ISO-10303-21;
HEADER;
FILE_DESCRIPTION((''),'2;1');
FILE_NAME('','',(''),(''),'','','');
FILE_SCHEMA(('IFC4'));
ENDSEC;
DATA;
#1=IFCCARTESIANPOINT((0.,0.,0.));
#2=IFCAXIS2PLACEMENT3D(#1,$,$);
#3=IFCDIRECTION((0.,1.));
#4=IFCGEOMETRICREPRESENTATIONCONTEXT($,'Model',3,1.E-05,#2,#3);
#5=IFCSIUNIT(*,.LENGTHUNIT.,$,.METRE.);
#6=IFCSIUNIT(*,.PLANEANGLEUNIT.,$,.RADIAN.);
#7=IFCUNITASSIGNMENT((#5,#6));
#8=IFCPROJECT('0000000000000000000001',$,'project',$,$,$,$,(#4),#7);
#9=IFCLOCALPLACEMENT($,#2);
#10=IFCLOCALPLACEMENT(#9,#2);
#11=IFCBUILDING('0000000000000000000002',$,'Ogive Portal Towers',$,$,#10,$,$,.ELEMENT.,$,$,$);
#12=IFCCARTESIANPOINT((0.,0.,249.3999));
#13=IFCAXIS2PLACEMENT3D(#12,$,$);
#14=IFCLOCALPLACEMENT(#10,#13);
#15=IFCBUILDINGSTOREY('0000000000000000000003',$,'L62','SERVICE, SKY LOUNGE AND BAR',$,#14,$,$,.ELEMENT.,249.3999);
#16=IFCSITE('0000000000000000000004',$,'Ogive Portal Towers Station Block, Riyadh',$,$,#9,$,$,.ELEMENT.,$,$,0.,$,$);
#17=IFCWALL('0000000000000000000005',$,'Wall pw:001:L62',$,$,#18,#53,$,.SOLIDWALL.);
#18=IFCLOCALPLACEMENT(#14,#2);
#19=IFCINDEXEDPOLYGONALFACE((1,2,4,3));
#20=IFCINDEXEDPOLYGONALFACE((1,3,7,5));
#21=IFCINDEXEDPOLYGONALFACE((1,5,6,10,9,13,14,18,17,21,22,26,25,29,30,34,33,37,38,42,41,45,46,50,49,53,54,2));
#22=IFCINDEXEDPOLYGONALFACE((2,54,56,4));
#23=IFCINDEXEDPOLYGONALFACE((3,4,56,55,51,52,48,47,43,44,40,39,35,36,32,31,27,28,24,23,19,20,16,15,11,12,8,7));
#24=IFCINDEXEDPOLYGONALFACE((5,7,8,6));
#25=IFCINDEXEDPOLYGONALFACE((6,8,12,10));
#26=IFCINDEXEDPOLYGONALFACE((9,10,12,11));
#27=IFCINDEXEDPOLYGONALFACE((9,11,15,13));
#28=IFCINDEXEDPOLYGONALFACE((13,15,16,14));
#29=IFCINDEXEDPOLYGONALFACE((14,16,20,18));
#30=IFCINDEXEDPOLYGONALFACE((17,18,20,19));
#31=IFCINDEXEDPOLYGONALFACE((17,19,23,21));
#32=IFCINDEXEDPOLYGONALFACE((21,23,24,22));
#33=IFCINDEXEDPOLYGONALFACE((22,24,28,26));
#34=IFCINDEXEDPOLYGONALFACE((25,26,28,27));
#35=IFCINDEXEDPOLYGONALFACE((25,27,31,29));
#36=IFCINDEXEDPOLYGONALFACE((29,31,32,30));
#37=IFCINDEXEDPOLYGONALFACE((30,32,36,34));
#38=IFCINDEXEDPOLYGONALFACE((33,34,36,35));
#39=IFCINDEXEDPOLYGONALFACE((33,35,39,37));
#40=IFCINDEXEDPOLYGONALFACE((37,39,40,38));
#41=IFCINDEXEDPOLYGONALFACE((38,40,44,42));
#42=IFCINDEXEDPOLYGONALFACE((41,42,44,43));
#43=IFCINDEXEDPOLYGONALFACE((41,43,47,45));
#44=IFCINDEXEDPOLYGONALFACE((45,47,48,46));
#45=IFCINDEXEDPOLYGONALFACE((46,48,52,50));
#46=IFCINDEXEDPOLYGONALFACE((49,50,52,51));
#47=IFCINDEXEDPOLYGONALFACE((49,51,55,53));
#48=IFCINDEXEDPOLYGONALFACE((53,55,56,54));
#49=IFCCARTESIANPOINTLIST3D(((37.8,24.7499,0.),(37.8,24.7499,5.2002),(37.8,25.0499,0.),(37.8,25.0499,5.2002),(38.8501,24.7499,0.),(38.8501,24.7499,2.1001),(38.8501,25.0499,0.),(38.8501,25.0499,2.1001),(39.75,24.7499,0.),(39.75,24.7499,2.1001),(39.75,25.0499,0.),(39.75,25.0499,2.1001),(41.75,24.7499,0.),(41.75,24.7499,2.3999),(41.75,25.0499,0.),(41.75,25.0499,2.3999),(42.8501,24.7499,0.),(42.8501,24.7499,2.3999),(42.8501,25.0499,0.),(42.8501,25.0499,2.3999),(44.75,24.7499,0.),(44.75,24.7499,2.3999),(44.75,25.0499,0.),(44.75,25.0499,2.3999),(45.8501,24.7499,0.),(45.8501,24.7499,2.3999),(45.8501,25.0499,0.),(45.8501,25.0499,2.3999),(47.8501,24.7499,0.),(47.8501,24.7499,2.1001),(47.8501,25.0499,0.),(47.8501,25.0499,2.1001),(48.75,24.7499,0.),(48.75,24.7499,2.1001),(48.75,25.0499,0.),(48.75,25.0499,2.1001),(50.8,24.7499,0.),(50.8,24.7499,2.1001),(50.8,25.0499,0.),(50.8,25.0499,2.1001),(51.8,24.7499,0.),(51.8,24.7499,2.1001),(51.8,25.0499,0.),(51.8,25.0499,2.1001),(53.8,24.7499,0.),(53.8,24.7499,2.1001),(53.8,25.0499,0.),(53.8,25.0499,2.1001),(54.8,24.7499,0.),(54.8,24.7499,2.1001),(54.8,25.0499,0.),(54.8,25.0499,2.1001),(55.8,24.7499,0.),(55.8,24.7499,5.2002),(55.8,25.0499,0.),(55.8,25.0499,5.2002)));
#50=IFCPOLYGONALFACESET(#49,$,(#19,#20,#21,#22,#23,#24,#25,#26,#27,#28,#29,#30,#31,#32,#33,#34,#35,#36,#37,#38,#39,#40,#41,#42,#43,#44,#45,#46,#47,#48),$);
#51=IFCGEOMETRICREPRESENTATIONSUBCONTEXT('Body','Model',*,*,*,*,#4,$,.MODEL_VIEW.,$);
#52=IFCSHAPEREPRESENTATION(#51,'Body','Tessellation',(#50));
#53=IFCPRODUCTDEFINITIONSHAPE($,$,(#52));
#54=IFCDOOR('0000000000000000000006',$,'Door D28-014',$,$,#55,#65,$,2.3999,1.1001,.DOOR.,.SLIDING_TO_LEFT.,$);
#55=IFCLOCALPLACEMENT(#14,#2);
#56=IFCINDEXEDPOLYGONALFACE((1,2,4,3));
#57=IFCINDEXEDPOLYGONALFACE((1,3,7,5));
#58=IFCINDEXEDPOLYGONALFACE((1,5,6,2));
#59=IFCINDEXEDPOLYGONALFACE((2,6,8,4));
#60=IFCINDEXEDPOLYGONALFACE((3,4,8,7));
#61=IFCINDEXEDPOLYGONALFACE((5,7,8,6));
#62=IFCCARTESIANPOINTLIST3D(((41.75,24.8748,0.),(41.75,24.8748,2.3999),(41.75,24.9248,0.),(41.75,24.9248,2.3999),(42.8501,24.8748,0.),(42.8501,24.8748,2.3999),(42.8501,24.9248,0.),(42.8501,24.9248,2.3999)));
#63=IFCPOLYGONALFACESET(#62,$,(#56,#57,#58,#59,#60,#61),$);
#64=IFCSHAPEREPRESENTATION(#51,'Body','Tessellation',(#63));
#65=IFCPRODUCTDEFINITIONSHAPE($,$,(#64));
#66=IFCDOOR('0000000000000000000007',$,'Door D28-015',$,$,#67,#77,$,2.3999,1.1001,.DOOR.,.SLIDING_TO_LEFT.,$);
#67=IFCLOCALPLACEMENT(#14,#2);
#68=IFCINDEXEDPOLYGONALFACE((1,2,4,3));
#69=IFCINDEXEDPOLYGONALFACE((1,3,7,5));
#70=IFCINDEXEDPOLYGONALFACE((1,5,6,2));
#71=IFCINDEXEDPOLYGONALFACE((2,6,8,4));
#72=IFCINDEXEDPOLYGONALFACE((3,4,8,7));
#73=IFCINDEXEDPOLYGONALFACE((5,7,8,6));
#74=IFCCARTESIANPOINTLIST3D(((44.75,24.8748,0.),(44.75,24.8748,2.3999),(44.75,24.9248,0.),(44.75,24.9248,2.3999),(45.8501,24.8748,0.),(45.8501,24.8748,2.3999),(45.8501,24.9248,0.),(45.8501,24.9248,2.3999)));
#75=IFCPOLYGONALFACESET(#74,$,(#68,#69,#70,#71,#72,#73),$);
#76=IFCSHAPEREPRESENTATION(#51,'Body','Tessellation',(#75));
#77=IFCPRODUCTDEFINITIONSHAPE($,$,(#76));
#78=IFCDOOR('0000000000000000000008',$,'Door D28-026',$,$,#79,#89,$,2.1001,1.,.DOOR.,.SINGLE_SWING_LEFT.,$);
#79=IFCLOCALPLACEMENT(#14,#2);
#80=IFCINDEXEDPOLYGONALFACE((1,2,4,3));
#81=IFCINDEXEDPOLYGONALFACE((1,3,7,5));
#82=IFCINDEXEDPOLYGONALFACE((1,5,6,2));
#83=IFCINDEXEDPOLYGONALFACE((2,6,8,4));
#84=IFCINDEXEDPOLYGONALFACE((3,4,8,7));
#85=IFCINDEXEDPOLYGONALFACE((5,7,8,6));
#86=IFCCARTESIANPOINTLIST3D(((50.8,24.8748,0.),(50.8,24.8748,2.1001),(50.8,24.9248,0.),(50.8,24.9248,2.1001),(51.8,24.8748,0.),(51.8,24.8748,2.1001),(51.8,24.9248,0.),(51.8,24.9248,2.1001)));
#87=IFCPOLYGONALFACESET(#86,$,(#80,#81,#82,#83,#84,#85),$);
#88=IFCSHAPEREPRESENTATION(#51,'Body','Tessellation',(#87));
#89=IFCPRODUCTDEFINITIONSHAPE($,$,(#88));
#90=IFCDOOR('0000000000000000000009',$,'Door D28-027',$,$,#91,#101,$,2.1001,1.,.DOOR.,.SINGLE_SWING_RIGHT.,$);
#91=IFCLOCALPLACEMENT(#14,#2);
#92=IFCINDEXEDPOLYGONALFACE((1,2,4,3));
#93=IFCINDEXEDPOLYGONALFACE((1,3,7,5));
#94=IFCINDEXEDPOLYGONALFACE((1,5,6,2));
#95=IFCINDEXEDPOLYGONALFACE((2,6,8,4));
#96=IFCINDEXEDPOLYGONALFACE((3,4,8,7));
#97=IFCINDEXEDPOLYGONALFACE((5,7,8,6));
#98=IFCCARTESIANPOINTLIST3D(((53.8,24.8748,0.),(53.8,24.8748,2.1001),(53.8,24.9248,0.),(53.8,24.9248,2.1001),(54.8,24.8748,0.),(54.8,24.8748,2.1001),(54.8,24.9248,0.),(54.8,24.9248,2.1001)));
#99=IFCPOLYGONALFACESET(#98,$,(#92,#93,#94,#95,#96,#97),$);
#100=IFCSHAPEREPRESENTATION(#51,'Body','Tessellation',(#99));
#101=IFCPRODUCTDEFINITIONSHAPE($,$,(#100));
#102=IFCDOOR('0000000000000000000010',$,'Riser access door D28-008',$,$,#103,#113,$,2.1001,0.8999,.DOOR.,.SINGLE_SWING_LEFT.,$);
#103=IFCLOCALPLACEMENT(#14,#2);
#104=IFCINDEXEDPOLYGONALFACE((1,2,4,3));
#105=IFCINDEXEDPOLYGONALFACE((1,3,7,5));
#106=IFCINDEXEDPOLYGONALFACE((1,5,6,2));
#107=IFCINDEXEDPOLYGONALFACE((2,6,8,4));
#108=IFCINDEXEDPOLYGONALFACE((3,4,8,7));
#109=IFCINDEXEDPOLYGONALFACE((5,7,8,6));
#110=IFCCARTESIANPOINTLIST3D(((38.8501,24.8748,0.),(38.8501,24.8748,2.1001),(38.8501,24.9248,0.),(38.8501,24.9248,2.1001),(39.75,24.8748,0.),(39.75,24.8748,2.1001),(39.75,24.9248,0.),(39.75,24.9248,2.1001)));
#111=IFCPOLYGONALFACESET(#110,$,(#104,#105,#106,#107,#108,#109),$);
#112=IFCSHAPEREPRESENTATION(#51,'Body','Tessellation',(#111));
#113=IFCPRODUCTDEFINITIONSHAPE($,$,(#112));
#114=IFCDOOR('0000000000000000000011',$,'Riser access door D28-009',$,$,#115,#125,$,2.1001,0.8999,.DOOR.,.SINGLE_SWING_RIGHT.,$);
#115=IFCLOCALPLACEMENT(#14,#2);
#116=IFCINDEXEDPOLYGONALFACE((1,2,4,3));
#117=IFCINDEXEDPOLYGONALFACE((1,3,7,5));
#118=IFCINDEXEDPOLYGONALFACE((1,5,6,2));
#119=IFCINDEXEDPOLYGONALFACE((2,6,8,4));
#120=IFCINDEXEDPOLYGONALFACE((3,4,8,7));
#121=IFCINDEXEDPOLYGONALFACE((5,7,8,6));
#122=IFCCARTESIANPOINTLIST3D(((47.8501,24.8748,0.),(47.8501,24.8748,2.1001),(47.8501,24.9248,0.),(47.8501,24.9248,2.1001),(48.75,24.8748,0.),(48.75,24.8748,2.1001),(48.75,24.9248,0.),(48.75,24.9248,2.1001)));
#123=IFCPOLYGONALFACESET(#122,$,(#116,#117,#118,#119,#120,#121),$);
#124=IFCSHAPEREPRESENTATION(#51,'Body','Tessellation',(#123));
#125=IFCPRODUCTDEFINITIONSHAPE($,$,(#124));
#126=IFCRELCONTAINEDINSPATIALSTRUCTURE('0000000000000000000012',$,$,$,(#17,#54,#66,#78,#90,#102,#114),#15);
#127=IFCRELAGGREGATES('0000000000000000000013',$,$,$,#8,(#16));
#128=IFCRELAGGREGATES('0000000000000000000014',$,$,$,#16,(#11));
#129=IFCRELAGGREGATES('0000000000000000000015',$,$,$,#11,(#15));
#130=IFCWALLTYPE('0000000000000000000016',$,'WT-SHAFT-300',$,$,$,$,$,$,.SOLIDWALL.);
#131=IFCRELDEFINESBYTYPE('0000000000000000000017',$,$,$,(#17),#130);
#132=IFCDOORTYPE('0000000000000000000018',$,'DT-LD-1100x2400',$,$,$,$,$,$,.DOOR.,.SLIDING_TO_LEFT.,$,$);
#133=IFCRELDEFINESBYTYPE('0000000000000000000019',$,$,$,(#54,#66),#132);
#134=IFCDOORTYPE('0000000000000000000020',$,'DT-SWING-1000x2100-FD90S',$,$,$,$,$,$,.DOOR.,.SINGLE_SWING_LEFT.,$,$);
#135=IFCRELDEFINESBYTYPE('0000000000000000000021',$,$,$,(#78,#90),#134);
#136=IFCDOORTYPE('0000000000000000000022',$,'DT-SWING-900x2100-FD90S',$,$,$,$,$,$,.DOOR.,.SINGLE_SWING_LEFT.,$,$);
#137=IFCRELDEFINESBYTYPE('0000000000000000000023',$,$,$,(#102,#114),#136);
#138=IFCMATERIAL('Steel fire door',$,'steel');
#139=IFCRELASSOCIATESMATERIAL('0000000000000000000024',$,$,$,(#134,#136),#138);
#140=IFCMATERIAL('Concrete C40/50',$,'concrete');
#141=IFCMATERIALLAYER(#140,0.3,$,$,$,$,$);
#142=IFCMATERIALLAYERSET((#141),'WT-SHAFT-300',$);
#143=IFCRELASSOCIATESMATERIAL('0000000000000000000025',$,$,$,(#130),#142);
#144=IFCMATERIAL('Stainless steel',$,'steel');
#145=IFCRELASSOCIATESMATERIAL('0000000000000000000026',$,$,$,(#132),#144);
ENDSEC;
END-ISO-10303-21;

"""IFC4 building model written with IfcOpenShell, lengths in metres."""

from ifc_helpers import new_model, si_unit, direction, frame, frame_2d, origin, place, context, subcontext, project, spatial, rectangle, extrude, material, layer, layer_set, type_object, element, fill, save


model = new_model("IFC4")

# Units and contexts
model_context = context("Model", 3, precision=1e-05, world=origin(), true_north=direction((0.0, 1.0)))
body_context = subcontext(model_context, "Body", "Model", "MODEL_VIEW")
ifc_project = project(units=[si_unit("LENGTHUNIT", "METRE"), si_unit("PLANEANGLEUNIT", "RADIAN")], contexts=[model_context])

# Site, building, storey
site_placement = place(None, origin())
site = spatial("IfcSite", under=ifc_project, at=site_placement, Name="Ogive Portal Towers Station Block, Riyadh", CompositionType="ELEMENT", RefElevation=0.0)
building_placement = place(site_placement, origin())
building = spatial("IfcBuilding", under=site, at=building_placement, Name="Ogive Portal Towers", CompositionType="ELEMENT")
storey_placement = place(building_placement, frame((0.0, 0.0, 249.3999)))
storey = spatial("IfcBuildingStorey", under=building, at=storey_placement, Name="L62", Description="SERVICE, SKY LOUNGE AND BAR", CompositionType="ELEMENT", Elevation=249.3999)

# Shared definitions
ifc_material_1 = material(Name="Steel fire door", Category="steel")
door_type_1 = type_object("IfcDoorType", Name="DT-SWING-1000x2100-FD90S", OperationType="SINGLE_SWING_LEFT", PredefinedType="DOOR", material=ifc_material_1)

# Wall, openings, doors
ifc_material_2 = material(Name="Concrete C40/50", Category="concrete")
ifc_layer_1 = layer(ifc_material_2, 0.3)
ifc_layer_set_1 = layer_set([ifc_layer_1], Name="WT-SHAFT-300")
wall_type_1 = type_object("IfcWallType", Name="WT-SHAFT-300", PredefinedType="SOLIDWALL", material=ifc_layer_set_1)
wall_1_placement = place(storey_placement, frame((37.8, 24.8999, 0.0), z_axis=(0.0, 0.0, 1.0), x_axis=(1.0, 0.0, 0.0)))
wall_1 = element("IfcWall", 1, at=wall_1_placement, inside=storey, type_object=wall_type_1, Name="Wall pw:001:L62", PredefinedType="SOLIDWALL", context=body_context, shape_type="SweptSolid", body=[
    extrude(rectangle(XDim=18.0, YDim=0.3, at=frame_2d((9.0, 0.0))), origin(), (0.0, 0.0, 1.0), 5.2002),
])
opening_1_placement = place(wall_1_placement, frame((1.05, 0.0, 0.0)))
opening_1 = element("IfcOpeningElement", 2, at=opening_1_placement, cuts=wall_1, PredefinedType="OPENING", context=body_context, shape_type="SweptSolid", body=[
    extrude(rectangle(XDim=0.8999, YDim=2.1001, at=frame_2d((0.45, 1.05))), frame((0.0, 0.1602, 0.0), z_axis=(0.0, -1.0, 0.0), x_axis=(1.0, 0.0, 0.0)), (0.0, 0.0, 1.0), 0.3201),
])
opening_2_placement = place(wall_1_placement, frame((10.05, 0.0, 0.0)))
opening_2 = element("IfcOpeningElement", 3, at=opening_2_placement, cuts=wall_1, PredefinedType="OPENING", context=body_context, shape_type="SweptSolid", body=[
    extrude(rectangle(XDim=0.8999, YDim=2.1001, at=frame_2d((0.45, 1.05))), frame((0.0, 0.1602, 0.0), z_axis=(0.0, -1.0, 0.0), x_axis=(1.0, 0.0, 0.0)), (0.0, 0.0, 1.0), 0.3201),
])
opening_3_placement = place(wall_1_placement, frame((3.95, 0.0, 0.0)))
opening_3 = element("IfcOpeningElement", 4, at=opening_3_placement, cuts=wall_1, PredefinedType="OPENING", context=body_context, shape_type="SweptSolid", body=[
    extrude(rectangle(XDim=1.1001, YDim=2.3999, at=frame_2d((0.55, 1.2))), frame((0.0, 0.1602, 0.0), z_axis=(0.0, -1.0, 0.0), x_axis=(1.0, 0.0, 0.0)), (0.0, 0.0, 1.0), 0.3201),
])
opening_4_placement = place(wall_1_placement, frame((6.95, 0.0, 0.0)))
opening_4 = element("IfcOpeningElement", 5, at=opening_4_placement, cuts=wall_1, PredefinedType="OPENING", context=body_context, shape_type="SweptSolid", body=[
    extrude(rectangle(XDim=1.1001, YDim=2.3999, at=frame_2d((0.55, 1.2))), frame((0.0, 0.1602, 0.0), z_axis=(0.0, -1.0, 0.0), x_axis=(1.0, 0.0, 0.0)), (0.0, 0.0, 1.0), 0.3201),
])
opening_5_placement = place(wall_1_placement, frame((13.0, 0.0, 0.0)))
opening_5 = element("IfcOpeningElement", 6, at=opening_5_placement, cuts=wall_1, PredefinedType="OPENING", context=body_context, shape_type="SweptSolid", body=[
    extrude(rectangle(XDim=1.0, YDim=2.1001, at=frame_2d((0.5, 1.05))), frame((0.0, 0.1602, 0.0), z_axis=(0.0, -1.0, 0.0), x_axis=(1.0, 0.0, 0.0)), (0.0, 0.0, 1.0), 0.3201),
])
opening_6_placement = place(wall_1_placement, frame((16.0, 0.0, 0.0)))
opening_6 = element("IfcOpeningElement", 7, at=opening_6_placement, cuts=wall_1, PredefinedType="OPENING", context=body_context, shape_type="SweptSolid", body=[
    extrude(rectangle(XDim=1.0, YDim=2.1001, at=frame_2d((0.5, 1.05))), frame((0.0, 0.1602, 0.0), z_axis=(0.0, -1.0, 0.0), x_axis=(1.0, 0.0, 0.0)), (0.0, 0.0, 1.0), 0.3201),
])
ifc_material_3 = material(Name="Stainless steel", Category="steel")
door_type_2 = type_object("IfcDoorType", Name="DT-LD-1100x2400", OperationType="SLIDING_TO_LEFT", PredefinedType="DOOR", material=ifc_material_3)
door_1_placement = place(opening_3_placement, origin())
door_1 = element("IfcDoor", 8, at=door_1_placement, inside=storey, type_object=door_type_2, Name="Door D28-014", OperationType="SLIDING_TO_LEFT", OverallHeight=2.3999, OverallWidth=1.1001, PredefinedType="DOOR", context=body_context, shape_type="SweptSolid", body=[
    extrude(rectangle(XDim=1.1001, YDim=2.3999, at=frame_2d((0.55, 1.2))), frame((0.0, 0.0249, 0.0), z_axis=(0.0, -1.0, 0.0), x_axis=(1.0, 0.0, 0.0)), (0.0, 0.0, 1.0), 0.05),
])
fill(opening_3, door_1)
door_2_placement = place(opening_4_placement, origin())
door_2 = element("IfcDoor", 9, at=door_2_placement, inside=storey, type_object=door_type_2, Name="Door D28-015", OperationType="SLIDING_TO_LEFT", OverallHeight=2.3999, OverallWidth=1.1001, PredefinedType="DOOR", context=body_context, shape_type="SweptSolid", body=[
    extrude(rectangle(XDim=1.1001, YDim=2.3999, at=frame_2d((0.55, 1.2))), frame((0.0, 0.0249, 0.0), z_axis=(0.0, -1.0, 0.0), x_axis=(1.0, 0.0, 0.0)), (0.0, 0.0, 1.0), 0.05),
])
fill(opening_4, door_2)
door_3_placement = place(opening_5_placement, origin())
door_3 = element("IfcDoor", 10, at=door_3_placement, inside=storey, type_object=door_type_1, Name="Door D28-026", OperationType="SINGLE_SWING_LEFT", OverallHeight=2.1001, OverallWidth=1.0, PredefinedType="DOOR", context=body_context, shape_type="SweptSolid", body=[
    extrude(rectangle(XDim=1.0, YDim=2.1001, at=frame_2d((0.5, 1.05))), frame((0.0, 0.0249, 0.0), z_axis=(0.0, -1.0, 0.0), x_axis=(1.0, 0.0, 0.0)), (0.0, 0.0, 1.0), 0.05),
])
fill(opening_5, door_3)
door_4_placement = place(opening_6_placement, origin())
door_4 = element("IfcDoor", 11, at=door_4_placement, inside=storey, type_object=door_type_1, Name="Door D28-027", OperationType="SINGLE_SWING_RIGHT", OverallHeight=2.1001, OverallWidth=1.0, PredefinedType="DOOR", context=body_context, shape_type="SweptSolid", body=[
    extrude(rectangle(XDim=1.0, YDim=2.1001, at=frame_2d((0.5, 1.05))), frame((0.0, 0.0249, 0.0), z_axis=(0.0, -1.0, 0.0), x_axis=(1.0, 0.0, 0.0)), (0.0, 0.0, 1.0), 0.05),
])
fill(opening_6, door_4)
door_type_3 = type_object("IfcDoorType", Name="DT-SWING-900x2100-FD90S", OperationType="SINGLE_SWING_LEFT", PredefinedType="DOOR", material=ifc_material_1)
door_5_placement = place(opening_1_placement, origin())
door_5 = element("IfcDoor", 12, at=door_5_placement, inside=storey, type_object=door_type_3, Name="Riser access door D28-008", OperationType="SINGLE_SWING_LEFT", OverallHeight=2.1001, OverallWidth=0.8999, PredefinedType="DOOR", context=body_context, shape_type="SweptSolid", body=[
    extrude(rectangle(XDim=0.8999, YDim=2.1001, at=frame_2d((0.45, 1.05))), frame((0.0, 0.0249, 0.0), z_axis=(0.0, -1.0, 0.0), x_axis=(1.0, 0.0, 0.0)), (0.0, 0.0, 1.0), 0.05),
])
fill(opening_1, door_5)
door_6_placement = place(opening_2_placement, origin())
door_6 = element("IfcDoor", 13, at=door_6_placement, inside=storey, type_object=door_type_3, Name="Riser access door D28-009", OperationType="SINGLE_SWING_RIGHT", OverallHeight=2.1001, OverallWidth=0.8999, PredefinedType="DOOR", context=body_context, shape_type="SweptSolid", body=[
    extrude(rectangle(XDim=0.8999, YDim=2.1001, at=frame_2d((0.45, 1.05))), frame((0.0, 0.0249, 0.0), z_axis=(0.0, -1.0, 0.0), x_axis=(1.0, 0.0, 0.0)), (0.0, 0.0, 1.0), 0.05),
])
fill(opening_2, door_6)

save(model, "model.ifc")
